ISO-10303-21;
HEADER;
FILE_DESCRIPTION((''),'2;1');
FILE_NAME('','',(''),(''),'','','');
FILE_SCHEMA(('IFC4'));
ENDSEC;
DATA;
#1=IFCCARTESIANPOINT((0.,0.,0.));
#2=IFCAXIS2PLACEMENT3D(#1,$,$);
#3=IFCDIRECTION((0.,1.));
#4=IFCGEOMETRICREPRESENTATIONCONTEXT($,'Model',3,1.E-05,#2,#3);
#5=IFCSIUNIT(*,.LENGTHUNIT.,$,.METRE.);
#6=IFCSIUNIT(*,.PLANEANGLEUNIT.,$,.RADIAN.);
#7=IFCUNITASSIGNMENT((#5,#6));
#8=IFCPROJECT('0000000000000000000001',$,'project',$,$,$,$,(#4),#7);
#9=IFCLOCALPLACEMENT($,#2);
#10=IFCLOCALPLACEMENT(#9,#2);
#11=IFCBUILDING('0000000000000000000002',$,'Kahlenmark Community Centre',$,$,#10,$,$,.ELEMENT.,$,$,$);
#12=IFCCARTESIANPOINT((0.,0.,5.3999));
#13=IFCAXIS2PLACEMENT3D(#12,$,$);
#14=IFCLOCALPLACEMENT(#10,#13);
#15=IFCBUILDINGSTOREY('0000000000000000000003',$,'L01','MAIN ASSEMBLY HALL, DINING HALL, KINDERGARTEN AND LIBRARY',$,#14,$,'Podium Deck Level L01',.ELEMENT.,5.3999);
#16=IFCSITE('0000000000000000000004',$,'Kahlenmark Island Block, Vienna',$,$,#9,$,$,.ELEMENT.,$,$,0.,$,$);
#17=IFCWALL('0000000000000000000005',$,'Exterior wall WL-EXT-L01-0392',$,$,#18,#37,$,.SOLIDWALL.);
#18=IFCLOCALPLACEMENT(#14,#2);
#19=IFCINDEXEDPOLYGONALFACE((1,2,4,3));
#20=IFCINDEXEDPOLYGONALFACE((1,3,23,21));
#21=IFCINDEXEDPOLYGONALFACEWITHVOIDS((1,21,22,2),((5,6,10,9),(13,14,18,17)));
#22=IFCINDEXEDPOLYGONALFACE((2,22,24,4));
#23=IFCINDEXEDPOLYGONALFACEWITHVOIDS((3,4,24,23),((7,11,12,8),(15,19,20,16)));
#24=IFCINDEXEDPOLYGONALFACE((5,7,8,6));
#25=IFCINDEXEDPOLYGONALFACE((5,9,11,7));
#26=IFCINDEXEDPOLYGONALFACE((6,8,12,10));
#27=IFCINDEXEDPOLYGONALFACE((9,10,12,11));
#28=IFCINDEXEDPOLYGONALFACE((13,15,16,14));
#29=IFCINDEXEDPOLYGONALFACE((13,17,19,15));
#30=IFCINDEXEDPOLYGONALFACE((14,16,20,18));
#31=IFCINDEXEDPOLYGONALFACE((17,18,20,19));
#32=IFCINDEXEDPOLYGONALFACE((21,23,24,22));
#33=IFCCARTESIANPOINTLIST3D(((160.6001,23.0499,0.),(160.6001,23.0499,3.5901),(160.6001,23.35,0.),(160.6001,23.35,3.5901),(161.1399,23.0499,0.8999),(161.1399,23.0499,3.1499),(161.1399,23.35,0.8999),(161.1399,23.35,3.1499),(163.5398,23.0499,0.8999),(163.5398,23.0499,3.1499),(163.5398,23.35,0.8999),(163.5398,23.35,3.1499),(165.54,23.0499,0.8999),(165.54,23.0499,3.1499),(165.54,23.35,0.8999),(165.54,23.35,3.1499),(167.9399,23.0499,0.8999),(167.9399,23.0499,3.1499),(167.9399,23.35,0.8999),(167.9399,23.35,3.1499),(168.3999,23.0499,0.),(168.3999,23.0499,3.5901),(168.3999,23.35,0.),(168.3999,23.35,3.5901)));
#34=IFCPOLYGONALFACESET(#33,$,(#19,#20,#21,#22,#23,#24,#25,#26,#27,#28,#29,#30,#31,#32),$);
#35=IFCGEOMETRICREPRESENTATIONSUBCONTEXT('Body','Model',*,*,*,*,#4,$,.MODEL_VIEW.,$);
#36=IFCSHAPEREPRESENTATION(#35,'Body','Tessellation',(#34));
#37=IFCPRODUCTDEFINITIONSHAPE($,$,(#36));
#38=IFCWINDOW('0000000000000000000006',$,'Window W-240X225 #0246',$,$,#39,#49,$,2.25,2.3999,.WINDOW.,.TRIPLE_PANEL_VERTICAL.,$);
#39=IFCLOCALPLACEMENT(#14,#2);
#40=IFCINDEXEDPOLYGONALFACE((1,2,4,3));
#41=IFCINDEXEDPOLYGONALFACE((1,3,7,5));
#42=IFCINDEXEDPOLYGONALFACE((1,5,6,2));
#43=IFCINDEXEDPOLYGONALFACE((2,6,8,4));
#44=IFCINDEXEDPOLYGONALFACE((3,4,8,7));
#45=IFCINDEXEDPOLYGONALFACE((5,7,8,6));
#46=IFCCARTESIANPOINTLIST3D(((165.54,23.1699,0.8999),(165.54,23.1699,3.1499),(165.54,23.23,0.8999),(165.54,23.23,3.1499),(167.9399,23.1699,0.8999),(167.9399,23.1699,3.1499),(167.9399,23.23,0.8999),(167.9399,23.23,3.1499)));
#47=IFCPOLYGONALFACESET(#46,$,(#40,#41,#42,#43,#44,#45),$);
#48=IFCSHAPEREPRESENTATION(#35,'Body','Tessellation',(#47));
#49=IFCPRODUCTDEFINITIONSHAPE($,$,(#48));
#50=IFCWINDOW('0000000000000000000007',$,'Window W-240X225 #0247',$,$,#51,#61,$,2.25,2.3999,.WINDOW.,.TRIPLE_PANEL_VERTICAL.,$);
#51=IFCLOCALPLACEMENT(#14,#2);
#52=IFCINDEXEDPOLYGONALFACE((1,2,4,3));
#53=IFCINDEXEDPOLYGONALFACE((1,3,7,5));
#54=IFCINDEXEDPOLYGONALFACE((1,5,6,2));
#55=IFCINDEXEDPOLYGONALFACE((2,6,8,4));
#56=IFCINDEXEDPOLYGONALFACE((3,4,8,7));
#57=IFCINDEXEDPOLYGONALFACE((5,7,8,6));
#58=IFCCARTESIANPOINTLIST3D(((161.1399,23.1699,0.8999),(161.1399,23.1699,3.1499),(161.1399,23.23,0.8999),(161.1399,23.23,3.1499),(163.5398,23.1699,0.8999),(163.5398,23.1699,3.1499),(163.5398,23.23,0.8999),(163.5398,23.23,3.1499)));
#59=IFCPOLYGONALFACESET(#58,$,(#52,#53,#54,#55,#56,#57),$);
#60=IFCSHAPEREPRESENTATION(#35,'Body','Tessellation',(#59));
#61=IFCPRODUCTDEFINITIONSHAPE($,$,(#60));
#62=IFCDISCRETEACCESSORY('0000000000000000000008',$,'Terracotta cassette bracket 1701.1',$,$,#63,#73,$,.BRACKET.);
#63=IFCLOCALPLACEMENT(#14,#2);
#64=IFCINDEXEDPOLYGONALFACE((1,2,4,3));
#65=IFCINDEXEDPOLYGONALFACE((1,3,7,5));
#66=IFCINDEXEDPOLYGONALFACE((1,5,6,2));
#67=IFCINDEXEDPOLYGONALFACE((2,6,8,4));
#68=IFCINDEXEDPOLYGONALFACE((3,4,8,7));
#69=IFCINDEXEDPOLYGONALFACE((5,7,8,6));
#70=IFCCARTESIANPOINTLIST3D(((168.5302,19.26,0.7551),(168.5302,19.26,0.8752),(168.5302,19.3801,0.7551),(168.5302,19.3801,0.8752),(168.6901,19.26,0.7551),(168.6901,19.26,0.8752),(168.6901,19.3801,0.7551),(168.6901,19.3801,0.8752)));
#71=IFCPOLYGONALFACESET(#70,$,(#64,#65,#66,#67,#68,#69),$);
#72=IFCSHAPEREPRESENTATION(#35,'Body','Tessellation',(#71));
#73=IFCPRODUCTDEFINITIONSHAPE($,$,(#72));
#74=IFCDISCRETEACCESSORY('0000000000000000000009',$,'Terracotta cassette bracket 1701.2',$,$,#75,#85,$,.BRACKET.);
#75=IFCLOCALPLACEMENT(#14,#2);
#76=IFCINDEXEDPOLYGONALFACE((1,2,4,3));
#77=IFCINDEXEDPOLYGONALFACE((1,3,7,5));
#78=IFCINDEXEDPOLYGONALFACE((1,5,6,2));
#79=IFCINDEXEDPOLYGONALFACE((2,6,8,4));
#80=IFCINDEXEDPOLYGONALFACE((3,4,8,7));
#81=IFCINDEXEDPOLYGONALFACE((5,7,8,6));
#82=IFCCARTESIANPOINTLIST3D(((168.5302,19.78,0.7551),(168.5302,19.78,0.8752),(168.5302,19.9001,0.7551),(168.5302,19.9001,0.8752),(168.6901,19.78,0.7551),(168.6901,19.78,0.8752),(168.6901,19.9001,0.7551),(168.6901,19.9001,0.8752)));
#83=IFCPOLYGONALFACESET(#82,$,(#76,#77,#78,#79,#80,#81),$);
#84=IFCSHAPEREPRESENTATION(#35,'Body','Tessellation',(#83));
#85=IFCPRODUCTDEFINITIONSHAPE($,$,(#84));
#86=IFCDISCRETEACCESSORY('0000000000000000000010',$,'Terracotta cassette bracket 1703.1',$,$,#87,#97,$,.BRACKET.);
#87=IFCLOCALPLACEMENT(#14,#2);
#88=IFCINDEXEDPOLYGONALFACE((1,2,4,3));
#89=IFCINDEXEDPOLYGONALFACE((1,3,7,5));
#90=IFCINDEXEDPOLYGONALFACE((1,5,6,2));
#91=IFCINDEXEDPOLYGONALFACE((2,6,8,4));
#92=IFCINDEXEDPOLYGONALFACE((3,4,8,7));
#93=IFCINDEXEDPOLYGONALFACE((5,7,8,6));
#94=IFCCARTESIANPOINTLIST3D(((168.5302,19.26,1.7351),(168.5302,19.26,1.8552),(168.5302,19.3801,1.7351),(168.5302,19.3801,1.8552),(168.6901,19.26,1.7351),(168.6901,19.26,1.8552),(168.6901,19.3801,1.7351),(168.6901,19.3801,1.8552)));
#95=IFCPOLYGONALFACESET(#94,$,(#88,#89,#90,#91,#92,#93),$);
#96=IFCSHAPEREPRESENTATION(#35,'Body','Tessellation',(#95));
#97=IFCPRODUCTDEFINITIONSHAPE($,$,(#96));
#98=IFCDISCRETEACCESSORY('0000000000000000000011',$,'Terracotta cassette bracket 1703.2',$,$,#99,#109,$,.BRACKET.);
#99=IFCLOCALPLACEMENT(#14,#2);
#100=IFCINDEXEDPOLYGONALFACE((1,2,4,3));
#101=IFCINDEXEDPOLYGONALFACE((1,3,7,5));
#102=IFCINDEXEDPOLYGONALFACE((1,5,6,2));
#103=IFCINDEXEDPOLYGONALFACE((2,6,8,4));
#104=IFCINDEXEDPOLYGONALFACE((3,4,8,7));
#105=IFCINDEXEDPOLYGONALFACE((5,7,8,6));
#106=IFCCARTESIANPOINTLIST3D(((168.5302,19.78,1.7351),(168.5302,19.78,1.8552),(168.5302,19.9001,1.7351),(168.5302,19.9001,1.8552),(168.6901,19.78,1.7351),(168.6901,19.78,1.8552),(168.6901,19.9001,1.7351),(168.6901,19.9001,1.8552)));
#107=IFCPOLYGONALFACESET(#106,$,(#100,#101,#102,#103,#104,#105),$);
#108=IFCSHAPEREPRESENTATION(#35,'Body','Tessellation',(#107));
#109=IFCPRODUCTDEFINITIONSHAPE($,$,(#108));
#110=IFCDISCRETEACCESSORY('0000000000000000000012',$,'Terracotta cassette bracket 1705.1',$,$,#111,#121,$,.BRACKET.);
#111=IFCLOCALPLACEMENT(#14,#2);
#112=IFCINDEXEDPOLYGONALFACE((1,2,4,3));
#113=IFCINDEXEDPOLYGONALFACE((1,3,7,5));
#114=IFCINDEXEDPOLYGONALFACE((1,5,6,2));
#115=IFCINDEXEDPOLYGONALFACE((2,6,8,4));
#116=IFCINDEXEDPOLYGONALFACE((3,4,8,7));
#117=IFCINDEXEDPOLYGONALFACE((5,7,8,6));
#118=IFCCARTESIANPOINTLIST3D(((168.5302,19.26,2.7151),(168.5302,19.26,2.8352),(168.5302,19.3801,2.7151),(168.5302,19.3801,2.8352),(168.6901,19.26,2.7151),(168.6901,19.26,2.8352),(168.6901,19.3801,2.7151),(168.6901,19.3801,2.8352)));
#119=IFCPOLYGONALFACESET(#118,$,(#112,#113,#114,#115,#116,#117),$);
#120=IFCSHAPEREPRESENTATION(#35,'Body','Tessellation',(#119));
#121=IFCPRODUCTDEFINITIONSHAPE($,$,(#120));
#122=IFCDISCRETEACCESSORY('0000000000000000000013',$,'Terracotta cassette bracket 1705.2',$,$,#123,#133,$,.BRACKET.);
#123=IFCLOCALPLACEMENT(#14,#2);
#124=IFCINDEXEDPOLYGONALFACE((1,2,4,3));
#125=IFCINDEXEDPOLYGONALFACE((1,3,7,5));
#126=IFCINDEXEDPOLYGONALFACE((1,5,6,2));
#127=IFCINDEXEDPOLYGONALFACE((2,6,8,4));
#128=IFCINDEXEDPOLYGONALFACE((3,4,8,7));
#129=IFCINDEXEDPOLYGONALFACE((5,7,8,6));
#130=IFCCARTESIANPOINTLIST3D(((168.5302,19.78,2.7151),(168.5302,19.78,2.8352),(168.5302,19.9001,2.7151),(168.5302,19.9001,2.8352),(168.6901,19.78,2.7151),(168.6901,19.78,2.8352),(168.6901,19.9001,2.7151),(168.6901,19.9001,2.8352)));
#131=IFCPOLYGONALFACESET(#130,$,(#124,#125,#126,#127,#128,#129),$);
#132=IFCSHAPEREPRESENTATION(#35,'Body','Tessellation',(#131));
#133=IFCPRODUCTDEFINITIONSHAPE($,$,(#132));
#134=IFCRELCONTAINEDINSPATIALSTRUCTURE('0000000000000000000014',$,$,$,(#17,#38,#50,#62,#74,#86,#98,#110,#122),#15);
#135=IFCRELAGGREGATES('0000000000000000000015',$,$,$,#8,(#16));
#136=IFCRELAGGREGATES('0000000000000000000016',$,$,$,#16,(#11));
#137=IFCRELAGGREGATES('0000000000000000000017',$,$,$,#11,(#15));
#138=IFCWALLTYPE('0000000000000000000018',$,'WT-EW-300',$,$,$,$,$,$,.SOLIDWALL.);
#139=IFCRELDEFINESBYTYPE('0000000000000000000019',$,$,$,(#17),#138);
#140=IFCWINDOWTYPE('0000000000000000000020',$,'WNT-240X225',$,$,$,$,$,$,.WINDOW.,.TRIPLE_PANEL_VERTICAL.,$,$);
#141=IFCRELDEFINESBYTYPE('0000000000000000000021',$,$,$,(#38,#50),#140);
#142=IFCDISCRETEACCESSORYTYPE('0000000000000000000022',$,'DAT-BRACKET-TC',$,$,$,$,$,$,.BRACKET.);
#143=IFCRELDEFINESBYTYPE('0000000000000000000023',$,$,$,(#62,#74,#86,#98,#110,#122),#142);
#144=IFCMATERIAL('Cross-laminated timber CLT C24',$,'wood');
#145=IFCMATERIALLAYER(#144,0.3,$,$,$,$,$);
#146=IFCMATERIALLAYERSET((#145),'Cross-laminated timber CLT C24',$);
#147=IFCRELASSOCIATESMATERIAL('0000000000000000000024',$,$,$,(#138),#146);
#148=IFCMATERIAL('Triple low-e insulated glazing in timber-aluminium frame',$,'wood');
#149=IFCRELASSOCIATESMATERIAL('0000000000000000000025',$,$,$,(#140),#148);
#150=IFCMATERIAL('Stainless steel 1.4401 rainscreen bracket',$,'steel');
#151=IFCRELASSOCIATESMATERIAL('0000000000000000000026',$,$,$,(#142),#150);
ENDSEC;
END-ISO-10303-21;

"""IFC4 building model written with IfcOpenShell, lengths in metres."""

from ifc_helpers import new_model, si_unit, direction, frame, frame_2d, origin, origin_2d, place, context, subcontext, project, spatial, rectangle, extrude, material, layer, layer_set, type_object, element, fill, save


model = new_model("IFC4")

# Units and contexts
model_context = context("Model", 3, precision=1e-05, world=origin(), true_north=direction((0.0, 1.0)))
body_context = subcontext(model_context, "Body", "Model", "MODEL_VIEW")
ifc_project = project(units=[si_unit("LENGTHUNIT", "METRE"), si_unit("PLANEANGLEUNIT", "RADIAN")], contexts=[model_context])

# Site, building, storey
site_placement = place(None, origin())
site = spatial("IfcSite", under=ifc_project, at=site_placement, Name="Kahlenmark Island Block, Vienna", CompositionType="ELEMENT", RefElevation=0.0)
building_placement = place(site_placement, origin())
building = spatial("IfcBuilding", under=site, at=building_placement, Name="Kahlenmark Community Centre", CompositionType="ELEMENT")
storey_placement = place(building_placement, frame((0.0, 0.0, 5.3999)))
storey = spatial("IfcBuildingStorey", under=building, at=storey_placement, Name="L01", Description="MAIN ASSEMBLY HALL, DINING HALL, KINDERGARTEN AND LIBRARY", LongName="Podium Deck Level L01", CompositionType="ELEMENT", Elevation=5.3999)

# Wall, openings, windows
ifc_material_1 = material(Name="Cross-laminated timber CLT C24", Category="wood")
ifc_layer_1 = layer(ifc_material_1, 0.3)
ifc_layer_set_1 = layer_set([ifc_layer_1], Name="Cross-laminated timber CLT C24")
wall_type = type_object("IfcWallType", Name="WT-EW-300", PredefinedType="SOLIDWALL", material=ifc_layer_set_1)
wall_placement = place(storey_placement, frame((168.3999, 23.2, 0.0), z_axis=(0.0, 0.0, 1.0), x_axis=(-1.0, 0.0, 0.0)))
wall = element("IfcWall", 1, at=wall_placement, inside=storey, type_object=wall_type, Name="Exterior wall WL-EXT-L01-0392", PredefinedType="SOLIDWALL", context=body_context, shape_type="SweptSolid", body=[
    extrude(rectangle(XDim=7.7998, YDim=0.3, at=frame_2d((3.8999, 0.0))), origin(), (0.0, 0.0, 1.0), 3.5901),
])
opening_1_placement = place(wall_placement, frame((0.46, 0.0, 0.8999)))
opening_1 = element("IfcOpeningElement", 2, at=opening_1_placement, cuts=wall, PredefinedType="OPENING", context=body_context, shape_type="SweptSolid", body=[
    extrude(rectangle(XDim=2.3999, YDim=2.25, at=frame_2d((1.2, 1.125))), frame((0.0, 0.1599, 0.0), z_axis=(0.0, -1.0, 0.0), x_axis=(1.0, 0.0, 0.0)), (0.0, 0.0, 1.0), 0.3201),
])
opening_2_placement = place(wall_placement, frame((4.8601, 0.0, 0.8999)))
opening_2 = element("IfcOpeningElement", 3, at=opening_2_placement, cuts=wall, PredefinedType="OPENING", context=body_context, shape_type="SweptSolid", body=[
    extrude(rectangle(XDim=2.3999, YDim=2.25, at=frame_2d((1.2, 1.125))), frame((0.0, 0.1599, 0.0), z_axis=(0.0, -1.0, 0.0), x_axis=(1.0, 0.0, 0.0)), (0.0, 0.0, 1.0), 0.3201),
])
ifc_material_2 = material(Name="Triple low-e insulated glazing in timber-aluminium frame", Category="wood")
window_type = type_object("IfcWindowType", Name="WNT-240X225", PartitioningType="TRIPLE_PANEL_VERTICAL", PredefinedType="WINDOW", material=ifc_material_2)
window_1_placement = place(opening_1_placement, origin())
window_1 = element("IfcWindow", 4, at=window_1_placement, inside=storey, type_object=window_type, Name="Window W-240X225 #0246", OverallHeight=2.25, OverallWidth=2.3999, PartitioningType="TRIPLE_PANEL_VERTICAL", PredefinedType="WINDOW", context=body_context, shape_type="SweptSolid", body=[
    extrude(rectangle(XDim=2.3999, YDim=2.25, at=frame_2d((1.2, 1.125))), frame((0.0, 0.03, 0.0), z_axis=(0.0, -1.0, 0.0), x_axis=(1.0, 0.0, 0.0)), (0.0, 0.0, 1.0), 0.0601),
])
fill(opening_1, window_1)
window_2_placement = place(opening_2_placement, origin())
window_2 = element("IfcWindow", 5, at=window_2_placement, inside=storey, type_object=window_type, Name="Window W-240X225 #0247", OverallHeight=2.25, OverallWidth=2.3999, PartitioningType="TRIPLE_PANEL_VERTICAL", PredefinedType="WINDOW", context=body_context, shape_type="SweptSolid", body=[
    extrude(rectangle(XDim=2.3999, YDim=2.25, at=frame_2d((1.2, 1.125))), frame((0.0, 0.03, 0.0), z_axis=(0.0, -1.0, 0.0), x_axis=(1.0, 0.0, 0.0)), (0.0, 0.0, 1.0), 0.0601),
])
fill(opening_2, window_2)

# Discrete accessories
ifc_material_3 = material(Name="Stainless steel 1.4401 rainscreen bracket", Category="steel")
discrete_accessory_type = type_object("IfcDiscreteAccessoryType", Name="DAT-BRACKET-TC", PredefinedType="BRACKET", material=ifc_material_3)
for number, where, z_axis, x_axis, name in (
    (6, (168.6101, 19.3201, 0.7551), (0.0, 0.0, 1.0), (0.0, 1.0, 0.0), "Terracotta cassette bracket 1701.1"),
    (7, (168.6101, 19.8401, 0.7551), (0.0, 0.0, 1.0), (0.0, 1.0, 0.0), "Terracotta cassette bracket 1701.2"),
    (8, (168.6101, 19.3201, 1.7351), (0.0, 0.0, 1.0), (0.0, 1.0, 0.0), "Terracotta cassette bracket 1703.1"),
    (9, (168.6101, 19.8401, 1.7351), (0.0, 0.0, 1.0), (0.0, 1.0, 0.0), "Terracotta cassette bracket 1703.2"),
    (10, (168.6101, 19.3201, 2.7151), (0.0, 0.0, 1.0), (0.0, 1.0, 0.0), "Terracotta cassette bracket 1705.1"),
    (11, (168.6101, 19.8401, 2.7151), (0.0, 0.0, 1.0), (0.0, 1.0, 0.0), "Terracotta cassette bracket 1705.2"),
):
    element("IfcDiscreteAccessory", number, at=place(storey_placement, frame(where, z_axis=z_axis, x_axis=x_axis)), inside=storey, type_object=discrete_accessory_type, Name=name, PredefinedType="BRACKET", context=body_context, shape_type="SweptSolid", body=[
        extrude(rectangle(XDim=0.1201, YDim=0.1599, at=origin_2d()), origin(), (0.0, 0.0, 1.0), 0.1201),
    ])

save(model, "model.ifc")
